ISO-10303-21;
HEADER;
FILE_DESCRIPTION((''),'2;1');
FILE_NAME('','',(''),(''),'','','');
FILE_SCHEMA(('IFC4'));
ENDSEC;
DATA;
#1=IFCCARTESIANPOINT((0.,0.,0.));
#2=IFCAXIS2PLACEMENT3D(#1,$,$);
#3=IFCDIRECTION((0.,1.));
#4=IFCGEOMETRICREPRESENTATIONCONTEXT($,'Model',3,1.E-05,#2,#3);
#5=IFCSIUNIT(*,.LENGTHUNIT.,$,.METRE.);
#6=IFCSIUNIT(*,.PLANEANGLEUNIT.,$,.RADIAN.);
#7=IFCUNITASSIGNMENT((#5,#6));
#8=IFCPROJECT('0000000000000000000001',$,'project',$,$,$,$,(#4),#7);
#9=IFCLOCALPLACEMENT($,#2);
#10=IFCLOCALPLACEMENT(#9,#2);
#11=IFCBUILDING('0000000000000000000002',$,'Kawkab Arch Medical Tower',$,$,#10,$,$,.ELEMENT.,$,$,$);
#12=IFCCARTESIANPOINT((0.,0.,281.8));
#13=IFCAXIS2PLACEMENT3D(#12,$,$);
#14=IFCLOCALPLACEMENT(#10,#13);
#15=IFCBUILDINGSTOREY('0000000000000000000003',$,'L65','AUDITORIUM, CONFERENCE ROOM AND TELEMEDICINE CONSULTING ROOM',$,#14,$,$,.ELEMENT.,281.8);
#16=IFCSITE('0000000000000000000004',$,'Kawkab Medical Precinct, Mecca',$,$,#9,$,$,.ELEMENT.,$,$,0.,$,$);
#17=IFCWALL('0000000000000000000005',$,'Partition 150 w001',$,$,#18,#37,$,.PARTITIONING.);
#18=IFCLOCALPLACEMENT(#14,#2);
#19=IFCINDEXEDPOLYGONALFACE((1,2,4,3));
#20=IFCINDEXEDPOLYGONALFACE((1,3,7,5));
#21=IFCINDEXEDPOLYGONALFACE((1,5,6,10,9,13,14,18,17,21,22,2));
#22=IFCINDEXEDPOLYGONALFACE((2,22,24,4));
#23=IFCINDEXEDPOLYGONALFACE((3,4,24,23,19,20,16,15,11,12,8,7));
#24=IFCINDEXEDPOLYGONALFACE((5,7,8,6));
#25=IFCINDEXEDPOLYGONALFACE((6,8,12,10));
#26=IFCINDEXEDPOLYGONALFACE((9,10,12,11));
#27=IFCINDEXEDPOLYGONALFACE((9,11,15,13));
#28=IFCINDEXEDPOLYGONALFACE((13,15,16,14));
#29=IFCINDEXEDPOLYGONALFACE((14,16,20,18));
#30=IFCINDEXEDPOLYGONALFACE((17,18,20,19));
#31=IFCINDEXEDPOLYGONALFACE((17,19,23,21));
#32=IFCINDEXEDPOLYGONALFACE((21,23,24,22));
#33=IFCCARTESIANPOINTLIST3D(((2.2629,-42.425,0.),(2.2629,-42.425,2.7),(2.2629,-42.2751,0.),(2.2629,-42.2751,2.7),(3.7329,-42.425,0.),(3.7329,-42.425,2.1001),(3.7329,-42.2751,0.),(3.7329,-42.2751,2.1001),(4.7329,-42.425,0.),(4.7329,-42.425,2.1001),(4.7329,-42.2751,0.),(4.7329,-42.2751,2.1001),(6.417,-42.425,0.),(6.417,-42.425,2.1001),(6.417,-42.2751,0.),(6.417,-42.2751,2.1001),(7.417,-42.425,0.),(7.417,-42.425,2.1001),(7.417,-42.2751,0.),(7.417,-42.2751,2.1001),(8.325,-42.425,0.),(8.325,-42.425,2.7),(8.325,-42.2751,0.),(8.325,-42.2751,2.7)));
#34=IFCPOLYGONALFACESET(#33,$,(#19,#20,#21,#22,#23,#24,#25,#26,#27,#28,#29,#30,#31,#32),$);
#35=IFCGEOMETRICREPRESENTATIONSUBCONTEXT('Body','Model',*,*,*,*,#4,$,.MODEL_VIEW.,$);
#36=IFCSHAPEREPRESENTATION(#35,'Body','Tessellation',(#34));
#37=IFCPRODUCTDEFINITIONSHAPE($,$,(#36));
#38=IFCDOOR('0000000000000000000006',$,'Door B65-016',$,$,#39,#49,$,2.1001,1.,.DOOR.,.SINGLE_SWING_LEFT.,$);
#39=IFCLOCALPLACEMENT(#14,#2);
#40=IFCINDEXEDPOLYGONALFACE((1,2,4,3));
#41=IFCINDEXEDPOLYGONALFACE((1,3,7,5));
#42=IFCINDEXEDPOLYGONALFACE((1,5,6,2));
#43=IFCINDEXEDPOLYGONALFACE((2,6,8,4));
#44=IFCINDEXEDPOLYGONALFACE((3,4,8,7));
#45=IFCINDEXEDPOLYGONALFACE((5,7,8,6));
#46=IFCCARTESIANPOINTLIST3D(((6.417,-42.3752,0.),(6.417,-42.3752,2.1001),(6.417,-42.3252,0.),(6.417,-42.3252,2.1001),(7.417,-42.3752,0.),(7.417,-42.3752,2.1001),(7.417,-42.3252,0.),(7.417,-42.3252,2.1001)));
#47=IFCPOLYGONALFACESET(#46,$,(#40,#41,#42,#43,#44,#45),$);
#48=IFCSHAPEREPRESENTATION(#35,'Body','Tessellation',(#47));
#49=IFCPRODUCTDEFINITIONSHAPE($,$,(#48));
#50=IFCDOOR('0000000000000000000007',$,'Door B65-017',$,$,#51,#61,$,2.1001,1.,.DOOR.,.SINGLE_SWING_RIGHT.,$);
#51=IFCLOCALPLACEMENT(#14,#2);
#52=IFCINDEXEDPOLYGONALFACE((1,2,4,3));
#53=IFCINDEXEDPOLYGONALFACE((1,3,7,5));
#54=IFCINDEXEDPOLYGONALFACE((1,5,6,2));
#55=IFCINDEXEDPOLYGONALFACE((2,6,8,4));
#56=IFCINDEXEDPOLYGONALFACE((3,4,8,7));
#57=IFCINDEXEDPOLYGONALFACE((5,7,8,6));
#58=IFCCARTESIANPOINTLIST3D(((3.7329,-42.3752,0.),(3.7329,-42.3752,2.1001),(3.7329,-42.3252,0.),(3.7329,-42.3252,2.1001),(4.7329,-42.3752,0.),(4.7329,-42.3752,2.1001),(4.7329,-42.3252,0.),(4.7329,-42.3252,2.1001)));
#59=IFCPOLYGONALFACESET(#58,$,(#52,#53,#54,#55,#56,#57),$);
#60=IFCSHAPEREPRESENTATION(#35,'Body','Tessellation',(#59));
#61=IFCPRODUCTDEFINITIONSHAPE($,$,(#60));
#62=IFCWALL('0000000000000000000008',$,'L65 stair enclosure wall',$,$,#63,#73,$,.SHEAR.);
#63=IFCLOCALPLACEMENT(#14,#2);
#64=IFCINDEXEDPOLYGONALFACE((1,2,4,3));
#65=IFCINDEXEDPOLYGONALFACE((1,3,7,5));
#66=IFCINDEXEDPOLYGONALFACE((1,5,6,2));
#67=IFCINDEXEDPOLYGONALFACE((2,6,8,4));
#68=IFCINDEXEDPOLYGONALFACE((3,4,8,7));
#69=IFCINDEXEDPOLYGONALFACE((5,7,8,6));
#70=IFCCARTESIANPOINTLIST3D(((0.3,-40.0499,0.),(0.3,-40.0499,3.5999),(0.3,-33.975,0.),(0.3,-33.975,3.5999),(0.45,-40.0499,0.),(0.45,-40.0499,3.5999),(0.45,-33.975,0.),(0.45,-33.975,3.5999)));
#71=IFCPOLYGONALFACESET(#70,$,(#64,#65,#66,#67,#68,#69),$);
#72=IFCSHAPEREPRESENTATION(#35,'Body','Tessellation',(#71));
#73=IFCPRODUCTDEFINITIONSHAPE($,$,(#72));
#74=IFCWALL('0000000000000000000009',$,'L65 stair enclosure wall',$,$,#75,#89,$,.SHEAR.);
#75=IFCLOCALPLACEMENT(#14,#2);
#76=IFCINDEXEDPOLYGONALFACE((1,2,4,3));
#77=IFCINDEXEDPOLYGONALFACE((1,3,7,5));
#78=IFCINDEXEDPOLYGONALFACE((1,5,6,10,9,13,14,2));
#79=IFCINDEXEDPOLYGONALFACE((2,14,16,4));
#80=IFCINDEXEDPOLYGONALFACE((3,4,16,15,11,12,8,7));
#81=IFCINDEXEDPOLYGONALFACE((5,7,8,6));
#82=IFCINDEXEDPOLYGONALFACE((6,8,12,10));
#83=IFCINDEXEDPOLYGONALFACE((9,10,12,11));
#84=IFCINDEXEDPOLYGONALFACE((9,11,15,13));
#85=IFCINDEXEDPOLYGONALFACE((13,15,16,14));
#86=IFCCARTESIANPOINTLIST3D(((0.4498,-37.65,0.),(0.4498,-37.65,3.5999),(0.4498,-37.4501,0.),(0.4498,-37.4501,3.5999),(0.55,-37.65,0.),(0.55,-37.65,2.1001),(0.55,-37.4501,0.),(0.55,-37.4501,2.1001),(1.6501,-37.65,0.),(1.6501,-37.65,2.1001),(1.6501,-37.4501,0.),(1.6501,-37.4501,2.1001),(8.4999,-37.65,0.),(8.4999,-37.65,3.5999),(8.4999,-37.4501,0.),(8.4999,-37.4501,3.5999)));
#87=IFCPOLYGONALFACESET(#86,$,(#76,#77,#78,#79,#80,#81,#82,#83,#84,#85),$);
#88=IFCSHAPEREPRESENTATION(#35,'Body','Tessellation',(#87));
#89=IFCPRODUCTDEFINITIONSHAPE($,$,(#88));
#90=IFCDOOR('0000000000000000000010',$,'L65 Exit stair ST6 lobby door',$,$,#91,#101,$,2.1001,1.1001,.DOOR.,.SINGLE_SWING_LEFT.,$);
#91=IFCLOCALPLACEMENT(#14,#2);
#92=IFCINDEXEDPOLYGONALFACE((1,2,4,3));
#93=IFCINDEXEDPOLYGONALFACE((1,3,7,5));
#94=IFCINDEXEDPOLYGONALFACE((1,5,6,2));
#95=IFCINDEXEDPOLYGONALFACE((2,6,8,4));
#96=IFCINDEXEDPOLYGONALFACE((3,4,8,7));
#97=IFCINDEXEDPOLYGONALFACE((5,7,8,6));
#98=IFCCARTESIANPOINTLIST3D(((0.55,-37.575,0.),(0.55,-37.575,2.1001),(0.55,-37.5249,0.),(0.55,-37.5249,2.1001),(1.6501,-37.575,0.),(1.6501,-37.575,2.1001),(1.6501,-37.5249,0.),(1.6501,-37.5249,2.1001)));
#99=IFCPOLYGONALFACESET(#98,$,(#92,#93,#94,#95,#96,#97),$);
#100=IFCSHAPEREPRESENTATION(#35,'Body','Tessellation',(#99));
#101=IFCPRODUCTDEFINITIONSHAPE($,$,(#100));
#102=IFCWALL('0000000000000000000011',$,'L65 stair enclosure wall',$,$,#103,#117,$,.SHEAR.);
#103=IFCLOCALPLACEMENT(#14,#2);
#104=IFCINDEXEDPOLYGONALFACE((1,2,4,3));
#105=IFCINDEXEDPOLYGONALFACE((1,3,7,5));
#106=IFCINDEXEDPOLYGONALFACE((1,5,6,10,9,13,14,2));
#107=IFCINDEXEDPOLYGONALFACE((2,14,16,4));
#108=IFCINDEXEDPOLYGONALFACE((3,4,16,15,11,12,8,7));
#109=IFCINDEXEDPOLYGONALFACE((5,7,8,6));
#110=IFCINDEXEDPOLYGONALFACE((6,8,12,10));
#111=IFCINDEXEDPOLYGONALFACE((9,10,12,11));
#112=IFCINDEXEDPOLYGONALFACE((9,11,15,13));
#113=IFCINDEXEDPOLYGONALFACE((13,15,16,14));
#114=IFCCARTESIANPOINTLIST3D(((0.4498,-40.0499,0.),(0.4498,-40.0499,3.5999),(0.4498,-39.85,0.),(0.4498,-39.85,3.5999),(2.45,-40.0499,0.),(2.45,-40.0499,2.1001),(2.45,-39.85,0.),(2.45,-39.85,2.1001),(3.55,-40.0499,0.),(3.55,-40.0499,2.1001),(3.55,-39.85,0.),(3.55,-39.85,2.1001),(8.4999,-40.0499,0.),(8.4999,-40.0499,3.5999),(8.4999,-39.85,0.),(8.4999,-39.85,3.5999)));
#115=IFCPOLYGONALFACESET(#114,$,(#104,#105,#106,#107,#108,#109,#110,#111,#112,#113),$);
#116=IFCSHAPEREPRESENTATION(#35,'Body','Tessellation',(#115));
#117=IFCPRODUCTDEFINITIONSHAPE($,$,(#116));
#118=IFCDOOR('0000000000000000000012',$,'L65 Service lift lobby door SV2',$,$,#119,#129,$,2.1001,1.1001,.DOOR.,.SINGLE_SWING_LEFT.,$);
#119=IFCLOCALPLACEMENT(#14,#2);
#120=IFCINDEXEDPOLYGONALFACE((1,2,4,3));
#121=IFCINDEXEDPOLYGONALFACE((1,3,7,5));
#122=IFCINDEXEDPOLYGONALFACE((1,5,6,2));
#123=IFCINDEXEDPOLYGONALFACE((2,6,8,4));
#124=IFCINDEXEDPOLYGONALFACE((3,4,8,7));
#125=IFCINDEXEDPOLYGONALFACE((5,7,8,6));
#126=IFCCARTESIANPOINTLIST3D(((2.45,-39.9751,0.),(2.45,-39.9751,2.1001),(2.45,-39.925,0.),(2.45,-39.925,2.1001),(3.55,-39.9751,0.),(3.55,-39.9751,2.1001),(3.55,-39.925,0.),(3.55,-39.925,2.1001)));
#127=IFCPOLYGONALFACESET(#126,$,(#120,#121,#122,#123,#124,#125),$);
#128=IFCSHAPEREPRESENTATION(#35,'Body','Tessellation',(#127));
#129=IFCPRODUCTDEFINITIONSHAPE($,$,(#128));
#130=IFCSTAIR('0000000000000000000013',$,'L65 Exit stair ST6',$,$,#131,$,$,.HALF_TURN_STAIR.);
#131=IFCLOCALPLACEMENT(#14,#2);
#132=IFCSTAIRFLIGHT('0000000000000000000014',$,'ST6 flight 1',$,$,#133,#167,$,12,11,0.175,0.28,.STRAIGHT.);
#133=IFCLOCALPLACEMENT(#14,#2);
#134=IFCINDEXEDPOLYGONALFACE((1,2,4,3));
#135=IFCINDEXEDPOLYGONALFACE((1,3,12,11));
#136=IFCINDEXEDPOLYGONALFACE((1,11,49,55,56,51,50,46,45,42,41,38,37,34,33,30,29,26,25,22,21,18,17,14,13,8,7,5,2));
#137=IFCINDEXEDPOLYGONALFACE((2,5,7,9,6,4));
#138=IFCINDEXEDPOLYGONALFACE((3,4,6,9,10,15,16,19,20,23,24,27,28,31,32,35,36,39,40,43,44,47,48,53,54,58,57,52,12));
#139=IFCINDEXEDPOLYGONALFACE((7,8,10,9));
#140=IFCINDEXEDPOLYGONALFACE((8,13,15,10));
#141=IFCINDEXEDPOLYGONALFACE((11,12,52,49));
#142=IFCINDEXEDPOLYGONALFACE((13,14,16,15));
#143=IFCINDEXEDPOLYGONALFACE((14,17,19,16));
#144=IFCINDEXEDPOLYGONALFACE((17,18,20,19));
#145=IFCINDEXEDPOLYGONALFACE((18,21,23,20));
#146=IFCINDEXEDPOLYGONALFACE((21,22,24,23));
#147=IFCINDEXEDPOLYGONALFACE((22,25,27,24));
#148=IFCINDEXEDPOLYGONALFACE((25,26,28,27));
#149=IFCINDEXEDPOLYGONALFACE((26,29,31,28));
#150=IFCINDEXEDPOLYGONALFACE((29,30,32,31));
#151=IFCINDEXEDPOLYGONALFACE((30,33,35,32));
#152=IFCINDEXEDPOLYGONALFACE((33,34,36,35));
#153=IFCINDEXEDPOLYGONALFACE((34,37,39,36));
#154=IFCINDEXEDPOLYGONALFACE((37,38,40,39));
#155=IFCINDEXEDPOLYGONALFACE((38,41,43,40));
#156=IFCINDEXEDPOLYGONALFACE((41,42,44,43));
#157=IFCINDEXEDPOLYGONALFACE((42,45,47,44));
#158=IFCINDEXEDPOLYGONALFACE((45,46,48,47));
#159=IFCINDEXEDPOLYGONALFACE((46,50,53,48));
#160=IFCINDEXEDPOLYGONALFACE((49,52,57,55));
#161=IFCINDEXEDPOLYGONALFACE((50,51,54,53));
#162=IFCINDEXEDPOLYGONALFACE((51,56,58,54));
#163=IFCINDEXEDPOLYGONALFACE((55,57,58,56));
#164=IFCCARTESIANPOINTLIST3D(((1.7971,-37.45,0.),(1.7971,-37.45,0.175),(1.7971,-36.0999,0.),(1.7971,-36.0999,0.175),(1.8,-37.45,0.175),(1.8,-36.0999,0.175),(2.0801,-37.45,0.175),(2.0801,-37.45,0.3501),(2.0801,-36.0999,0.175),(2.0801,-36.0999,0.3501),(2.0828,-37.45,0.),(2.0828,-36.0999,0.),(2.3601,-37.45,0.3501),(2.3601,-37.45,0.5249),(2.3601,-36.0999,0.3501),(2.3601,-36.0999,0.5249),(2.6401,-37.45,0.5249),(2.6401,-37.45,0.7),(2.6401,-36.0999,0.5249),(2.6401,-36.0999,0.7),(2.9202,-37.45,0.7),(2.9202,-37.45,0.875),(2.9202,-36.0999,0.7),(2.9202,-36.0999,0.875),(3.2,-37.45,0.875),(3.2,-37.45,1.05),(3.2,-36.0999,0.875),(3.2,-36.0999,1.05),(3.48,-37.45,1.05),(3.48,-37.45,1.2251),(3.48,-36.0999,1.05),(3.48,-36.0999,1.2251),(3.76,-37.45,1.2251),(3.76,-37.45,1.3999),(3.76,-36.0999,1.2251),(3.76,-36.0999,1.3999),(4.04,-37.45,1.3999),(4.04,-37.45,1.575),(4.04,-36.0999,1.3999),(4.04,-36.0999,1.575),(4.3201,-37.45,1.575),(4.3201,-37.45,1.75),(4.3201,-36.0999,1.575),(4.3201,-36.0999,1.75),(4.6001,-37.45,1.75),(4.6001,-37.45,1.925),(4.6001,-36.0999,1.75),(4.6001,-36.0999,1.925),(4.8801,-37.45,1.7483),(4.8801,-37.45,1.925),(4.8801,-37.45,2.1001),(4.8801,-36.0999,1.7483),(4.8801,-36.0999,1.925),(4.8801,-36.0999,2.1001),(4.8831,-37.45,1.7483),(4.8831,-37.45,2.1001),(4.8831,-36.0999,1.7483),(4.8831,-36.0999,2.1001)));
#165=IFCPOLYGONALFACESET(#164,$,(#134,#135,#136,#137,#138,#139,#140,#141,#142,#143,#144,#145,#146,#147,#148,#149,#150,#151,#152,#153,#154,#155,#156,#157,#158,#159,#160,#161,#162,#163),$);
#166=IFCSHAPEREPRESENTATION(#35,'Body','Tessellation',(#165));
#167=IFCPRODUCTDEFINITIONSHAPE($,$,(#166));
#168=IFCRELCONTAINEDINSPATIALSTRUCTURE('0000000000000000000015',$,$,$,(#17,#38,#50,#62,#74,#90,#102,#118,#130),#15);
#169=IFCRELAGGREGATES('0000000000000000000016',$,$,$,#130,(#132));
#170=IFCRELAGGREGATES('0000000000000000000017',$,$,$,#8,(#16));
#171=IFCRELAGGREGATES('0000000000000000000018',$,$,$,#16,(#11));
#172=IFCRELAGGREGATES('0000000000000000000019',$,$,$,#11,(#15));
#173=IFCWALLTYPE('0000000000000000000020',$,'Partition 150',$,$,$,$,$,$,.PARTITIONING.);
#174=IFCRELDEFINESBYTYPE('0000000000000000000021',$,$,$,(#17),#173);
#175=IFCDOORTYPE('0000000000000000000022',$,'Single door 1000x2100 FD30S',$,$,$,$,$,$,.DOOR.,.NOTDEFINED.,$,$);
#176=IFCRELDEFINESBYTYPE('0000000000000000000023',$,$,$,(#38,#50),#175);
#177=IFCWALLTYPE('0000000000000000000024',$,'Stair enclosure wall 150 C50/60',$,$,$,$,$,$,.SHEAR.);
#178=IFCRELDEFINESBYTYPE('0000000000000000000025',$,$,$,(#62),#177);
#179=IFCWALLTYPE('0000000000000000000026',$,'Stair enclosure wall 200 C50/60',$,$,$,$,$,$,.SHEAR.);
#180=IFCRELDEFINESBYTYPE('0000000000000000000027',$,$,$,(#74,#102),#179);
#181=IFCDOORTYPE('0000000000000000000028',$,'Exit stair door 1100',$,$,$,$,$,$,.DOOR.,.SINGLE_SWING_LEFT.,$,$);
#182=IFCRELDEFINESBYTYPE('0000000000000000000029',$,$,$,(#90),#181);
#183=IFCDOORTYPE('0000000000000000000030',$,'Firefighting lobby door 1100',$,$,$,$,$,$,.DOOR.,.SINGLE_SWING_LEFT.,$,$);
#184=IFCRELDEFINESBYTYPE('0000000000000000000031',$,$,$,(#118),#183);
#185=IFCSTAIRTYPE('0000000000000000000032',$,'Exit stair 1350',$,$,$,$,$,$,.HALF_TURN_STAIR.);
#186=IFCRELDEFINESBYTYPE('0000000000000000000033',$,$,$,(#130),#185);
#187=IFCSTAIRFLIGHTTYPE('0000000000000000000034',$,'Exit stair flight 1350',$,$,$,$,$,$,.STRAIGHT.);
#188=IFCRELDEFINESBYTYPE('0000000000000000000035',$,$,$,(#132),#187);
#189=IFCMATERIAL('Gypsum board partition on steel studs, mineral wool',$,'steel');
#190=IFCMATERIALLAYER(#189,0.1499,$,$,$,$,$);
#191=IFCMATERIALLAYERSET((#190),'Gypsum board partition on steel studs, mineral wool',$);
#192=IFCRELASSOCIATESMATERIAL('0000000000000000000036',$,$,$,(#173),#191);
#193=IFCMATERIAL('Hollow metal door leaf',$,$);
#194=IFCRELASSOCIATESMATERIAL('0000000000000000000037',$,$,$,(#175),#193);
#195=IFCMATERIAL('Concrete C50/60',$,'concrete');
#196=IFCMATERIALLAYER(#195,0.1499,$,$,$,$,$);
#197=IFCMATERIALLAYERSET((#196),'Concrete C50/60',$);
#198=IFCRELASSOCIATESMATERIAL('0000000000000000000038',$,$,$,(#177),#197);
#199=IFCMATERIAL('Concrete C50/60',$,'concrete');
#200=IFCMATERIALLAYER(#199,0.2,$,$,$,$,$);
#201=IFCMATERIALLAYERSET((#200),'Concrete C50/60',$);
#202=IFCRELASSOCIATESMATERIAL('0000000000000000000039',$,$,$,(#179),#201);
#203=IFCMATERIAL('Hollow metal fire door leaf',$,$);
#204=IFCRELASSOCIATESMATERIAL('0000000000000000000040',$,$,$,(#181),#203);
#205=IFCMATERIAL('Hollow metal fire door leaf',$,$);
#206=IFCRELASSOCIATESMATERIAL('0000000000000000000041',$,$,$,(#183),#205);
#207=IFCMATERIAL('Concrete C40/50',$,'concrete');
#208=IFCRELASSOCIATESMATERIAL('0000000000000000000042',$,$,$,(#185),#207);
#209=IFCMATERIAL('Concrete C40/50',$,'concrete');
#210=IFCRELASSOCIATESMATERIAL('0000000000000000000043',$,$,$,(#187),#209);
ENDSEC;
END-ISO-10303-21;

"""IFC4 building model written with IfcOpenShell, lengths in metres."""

from ifc_helpers import new_model, si_unit, direction, frame, frame_2d, origin, place, context, subcontext, project, spatial, polyline, rectangle, outline, extrude, material, layer, layer_set, type_object, element, fill, aggregate, save


model = new_model("IFC4")

# Units and contexts
model_context = context("Model", 3, precision=1e-05, world=origin(), true_north=direction((0.0, 1.0)))
body_context = subcontext(model_context, "Body", "Model", "MODEL_VIEW")
ifc_project = project(units=[si_unit("LENGTHUNIT", "METRE"), si_unit("PLANEANGLEUNIT", "RADIAN")], contexts=[model_context])

# Site, building, storey
site_placement = place(None, origin())
site = spatial("IfcSite", under=ifc_project, at=site_placement, Name="Kawkab Medical Precinct, Mecca", CompositionType="ELEMENT", RefElevation=0.0)
building_placement = place(site_placement, origin())
building = spatial("IfcBuilding", under=site, at=building_placement, Name="Kawkab Arch Medical Tower", CompositionType="ELEMENT")
storey_placement = place(building_placement, frame((0.0, 0.0, 281.8)))
storey = spatial("IfcBuildingStorey", under=building, at=storey_placement, Name="L65", Description="AUDITORIUM, CONFERENCE ROOM AND TELEMEDICINE CONSULTING ROOM", CompositionType="ELEMENT", Elevation=281.8)

# Shared definitions
placement = place(storey_placement, origin())

# Wall, openings, doors
ifc_material_1 = material(Name="Gypsum board partition on steel studs, mineral wool", Category="steel")
ifc_layer_1 = layer(ifc_material_1, 0.1499)
ifc_layer_set_1 = layer_set([ifc_layer_1], Name="Gypsum board partition on steel studs, mineral wool")
wall_type_1 = type_object("IfcWallType", Name="Partition 150", PredefinedType="PARTITIONING", material=ifc_layer_set_1)
wall_1_placement = place(storey_placement, frame((2.2629, -42.3501, 0.0), z_axis=(0.0, 0.0, 1.0), x_axis=(1.0, 0.0, 0.0)))
wall_1 = element("IfcWall", 1, at=wall_1_placement, inside=storey, type_object=wall_type_1, Name="Partition 150 w001", PredefinedType="PARTITIONING", context=body_context, shape_type="SweptSolid", body=[
    extrude(rectangle(XDim=6.062, YDim=0.1499, at=frame_2d((3.031, 0.0))), origin(), (0.0, 0.0, 1.0), 2.7),
])
opening_1_placement = place(wall_1_placement, frame((4.1541, 0.0, 0.0)))
opening_1 = element("IfcOpeningElement", 2, at=opening_1_placement, cuts=wall_1, PredefinedType="OPENING", context=body_context, shape_type="SweptSolid", body=[
    extrude(rectangle(XDim=1.0, YDim=2.1001, at=frame_2d((0.5, 1.05))), frame((0.0, 0.085, 0.0), z_axis=(0.0, -1.0, 0.0), x_axis=(1.0, 0.0, 0.0)), (0.0, 0.0, 1.0), 0.1699),
])
opening_2_placement = place(wall_1_placement, frame((1.47, 0.0, 0.0)))
opening_2 = element("IfcOpeningElement", 3, at=opening_2_placement, cuts=wall_1, PredefinedType="OPENING", context=body_context, shape_type="SweptSolid", body=[
    extrude(rectangle(XDim=1.0, YDim=2.1001, at=frame_2d((0.5, 1.05))), frame((0.0, 0.085, 0.0), z_axis=(0.0, -1.0, 0.0), x_axis=(1.0, 0.0, 0.0)), (0.0, 0.0, 1.0), 0.1699),
])
ifc_material_2 = material(Name="Hollow metal door leaf")
door_type_1 = type_object("IfcDoorType", Name="Single door 1000x2100 FD30S", OperationType="NOTDEFINED", PredefinedType="DOOR", material=ifc_material_2)
door_1_placement = place(opening_1_placement, origin())
door_1 = element("IfcDoor", 4, at=door_1_placement, inside=storey, type_object=door_type_1, Name="Door B65-016", OperationType="SINGLE_SWING_LEFT", OverallHeight=2.1001, OverallWidth=1.0, PredefinedType="DOOR", context=body_context, shape_type="SweptSolid", body=[
    extrude(rectangle(XDim=1.0, YDim=2.1001, at=frame_2d((0.5, 1.05))), frame((0.0, 0.0249, 0.0), z_axis=(0.0, -1.0, 0.0), x_axis=(1.0, 0.0, 0.0)), (0.0, 0.0, 1.0), 0.05),
])
fill(opening_1, door_1)
door_2_placement = place(opening_2_placement, origin())
door_2 = element("IfcDoor", 5, at=door_2_placement, inside=storey, type_object=door_type_1, Name="Door B65-017", OperationType="SINGLE_SWING_RIGHT", OverallHeight=2.1001, OverallWidth=1.0, PredefinedType="DOOR", context=body_context, shape_type="SweptSolid", body=[
    extrude(rectangle(XDim=1.0, YDim=2.1001, at=frame_2d((0.5, 1.05))), frame((0.0, 0.0249, 0.0), z_axis=(0.0, -1.0, 0.0), x_axis=(1.0, 0.0, 0.0)), (0.0, 0.0, 1.0), 0.05),
])
fill(opening_2, door_2)

# Wall
ifc_material_3 = material(Name="Concrete C50/60", Category="concrete")
ifc_layer_2 = layer(ifc_material_3, 0.1499)
ifc_layer_set_2 = layer_set([ifc_layer_2], Name="Concrete C50/60")
wall_type_2 = type_object("IfcWallType", Name="Stair enclosure wall 150 C50/60", PredefinedType="SHEAR", material=ifc_layer_set_2)
wall_2_placement = place(storey_placement, frame((0.375, -40.05, 0.0), z_axis=(0.0, 0.0, 1.0), x_axis=(0.0, 1.0, 0.0)))
element("IfcWall", 6, at=wall_2_placement, inside=storey, type_object=wall_type_2, Name="L65 stair enclosure wall", PredefinedType="SHEAR", context=body_context, shape_type="SweptSolid", body=[
    extrude(rectangle(XDim=6.075, YDim=0.1499, at=frame_2d((3.0376, 0.0))), origin(), (0.0, 0.0, 1.0), 3.5999),
])

# Walls, openings, doors
ifc_material_4 = material(Name="Concrete C50/60", Category="concrete")
ifc_layer_3 = layer(ifc_material_4, 0.2)
ifc_layer_set_3 = layer_set([ifc_layer_3], Name="Concrete C50/60")
wall_type_3 = type_object("IfcWallType", Name="Stair enclosure wall 200 C50/60", PredefinedType="SHEAR", material=ifc_layer_set_3)
wall_3_placement = place(storey_placement, frame((0.45, -37.55, 0.0), z_axis=(0.0, 0.0, 1.0), x_axis=(1.0, 0.0, 0.0)))
wall_3 = element("IfcWall", 7, at=wall_3_placement, inside=storey, type_object=wall_type_3, Name="L65 stair enclosure wall", PredefinedType="SHEAR", context=body_context, shape_type="SweptSolid", body=[
    extrude(rectangle(XDim=8.05, YDim=0.2, at=frame_2d((4.0249, 0.0))), origin(), (0.0, 0.0, 1.0), 3.5999),
])
opening_3_placement = place(wall_3_placement, frame((0.1001, 0.0, 0.0)))
opening_3 = element("IfcOpeningElement", 8, at=opening_3_placement, cuts=wall_3, PredefinedType="OPENING", context=body_context, shape_type="SweptSolid", body=[
    extrude(rectangle(XDim=1.1001, YDim=2.1001, at=frame_2d((0.55, 1.05))), frame((0.0, 0.1099, 0.0), z_axis=(0.0, -1.0, 0.0), x_axis=(1.0, 0.0, 0.0)), (0.0, 0.0, 1.0), 0.22),
])
ifc_material_5 = material(Name="Hollow metal fire door leaf")
door_type_2 = type_object("IfcDoorType", Name="Exit stair door 1100", OperationType="SINGLE_SWING_LEFT", PredefinedType="DOOR", material=ifc_material_5)
door_3_placement = place(opening_3_placement, frame((1.1001, 0.0, 0.0), z_axis=(0.0, 0.0, 1.0), x_axis=(-1.0, 0.0, 0.0)))
door_3 = element("IfcDoor", 9, at=door_3_placement, inside=storey, type_object=door_type_2, Name="L65 Exit stair ST6 lobby door", OperationType="SINGLE_SWING_LEFT", OverallHeight=2.1001, OverallWidth=1.1001, PredefinedType="DOOR", context=body_context, shape_type="SweptSolid", body=[
    extrude(rectangle(XDim=1.1001, YDim=2.1001, at=frame_2d((0.55, 1.05))), frame((0.0, 0.0249, 0.0), z_axis=(0.0, -1.0, 0.0), x_axis=(1.0, 0.0, 0.0)), (0.0, 0.0, 1.0), 0.05),
])
fill(opening_3, door_3)
wall_4_placement = place(storey_placement, frame((0.45, -39.95, 0.0), z_axis=(0.0, 0.0, 1.0), x_axis=(1.0, 0.0, 0.0)))
wall_4 = element("IfcWall", 10, at=wall_4_placement, inside=storey, type_object=wall_type_3, Name="L65 stair enclosure wall", PredefinedType="SHEAR", context=body_context, shape_type="SweptSolid", body=[
    extrude(rectangle(XDim=8.05, YDim=0.2, at=frame_2d((4.0249, 0.0))), origin(), (0.0, 0.0, 1.0), 3.5999),
])
opening_4_placement = place(wall_4_placement, frame((2.0, 0.0, 0.0)))
opening_4 = element("IfcOpeningElement", 11, at=opening_4_placement, cuts=wall_4, PredefinedType="OPENING", context=body_context, shape_type="SweptSolid", body=[
    extrude(rectangle(XDim=1.1001, YDim=2.1001, at=frame_2d((0.55, 1.05))), frame((0.0, 0.1099, 0.0), z_axis=(0.0, -1.0, 0.0), x_axis=(1.0, 0.0, 0.0)), (0.0, 0.0, 1.0), 0.22),
])
ifc_material_6 = material(Name="Hollow metal fire door leaf")
door_type_3 = type_object("IfcDoorType", Name="Firefighting lobby door 1100", OperationType="SINGLE_SWING_LEFT", PredefinedType="DOOR", material=ifc_material_6)
door_4_placement = place(opening_4_placement, origin())
door_4 = element("IfcDoor", 12, at=door_4_placement, inside=storey, type_object=door_type_3, Name="L65 Service lift lobby door SV2", OperationType="SINGLE_SWING_LEFT", OverallHeight=2.1001, OverallWidth=1.1001, PredefinedType="DOOR", context=body_context, shape_type="SweptSolid", body=[
    extrude(rectangle(XDim=1.1001, YDim=2.1001, at=frame_2d((0.55, 1.05))), frame((0.0, 0.0249, 0.0), z_axis=(0.0, -1.0, 0.0), x_axis=(1.0, 0.0, 0.0)), (0.0, 0.0, 1.0), 0.05),
])
fill(opening_4, door_4)

# Stair, stair flight
ifc_material_7 = material(Name="Concrete C40/50", Category="concrete")
stair_type = type_object("IfcStairType", Name="Exit stair 1350", PredefinedType="HALF_TURN_STAIR", material=ifc_material_7)
stair = element("IfcStair", 13, at=placement, inside=storey, type_object=stair_type, Name="L65 Exit stair ST6", PredefinedType="HALF_TURN_STAIR")
ifc_material_8 = material(Name="Concrete C40/50", Category="concrete")
stair_flight_type = type_object("IfcStairFlightType", Name="Exit stair flight 1350", PredefinedType="STRAIGHT", material=ifc_material_8)
stair_flight_placement = place(storey_placement, frame((1.8, -36.7749, 0.0), z_axis=(0.0, 0.0, 1.0), x_axis=(1.0, 0.0, 0.0)))
stair_flight = element("IfcStairFlight", 14, at=stair_flight_placement, type_object=stair_flight_type, Name="ST6 flight 1", NumberOfRisers=12, NumberOfTreads=11, PredefinedType="STRAIGHT", RiserHeight=0.175, TreadLength=0.28, context=body_context, shape_type="SweptSolid", body=[
    extrude(outline(polyline([(-0.0029, 0.0), (-0.0029, 0.175), (0.0, 0.175), (0.28, 0.175), (0.28, 0.3501), (0.5601, 0.3501), (0.5601, 0.5249), (0.8401, 0.5249), (0.8401, 0.7), (1.1201, 0.7), (1.1201, 0.875), (1.3999, 0.875), (1.3999, 1.05), (1.6799, 1.05), (1.6799, 1.2251), (1.96, 1.2251), (1.96, 1.3999), (2.24, 1.3999), (2.24, 1.575), (2.52, 1.575), (2.52, 1.75), (2.8, 1.75), (2.8, 1.925), (3.0801, 1.925), (3.0801, 2.1001), (3.083, 2.1001), (3.083, 1.7483), (3.0801, 1.7483), (0.2827, 0.0), (-0.0029, 0.0)])), frame((0.0, 0.675, 0.0), z_axis=(0.0, -1.0, 0.0), x_axis=(1.0, 0.0, 0.0)), (0.0, 0.0, 1.0), 1.3501),
])
aggregate(stair, [stair_flight])

save(model, "model.ifc")
